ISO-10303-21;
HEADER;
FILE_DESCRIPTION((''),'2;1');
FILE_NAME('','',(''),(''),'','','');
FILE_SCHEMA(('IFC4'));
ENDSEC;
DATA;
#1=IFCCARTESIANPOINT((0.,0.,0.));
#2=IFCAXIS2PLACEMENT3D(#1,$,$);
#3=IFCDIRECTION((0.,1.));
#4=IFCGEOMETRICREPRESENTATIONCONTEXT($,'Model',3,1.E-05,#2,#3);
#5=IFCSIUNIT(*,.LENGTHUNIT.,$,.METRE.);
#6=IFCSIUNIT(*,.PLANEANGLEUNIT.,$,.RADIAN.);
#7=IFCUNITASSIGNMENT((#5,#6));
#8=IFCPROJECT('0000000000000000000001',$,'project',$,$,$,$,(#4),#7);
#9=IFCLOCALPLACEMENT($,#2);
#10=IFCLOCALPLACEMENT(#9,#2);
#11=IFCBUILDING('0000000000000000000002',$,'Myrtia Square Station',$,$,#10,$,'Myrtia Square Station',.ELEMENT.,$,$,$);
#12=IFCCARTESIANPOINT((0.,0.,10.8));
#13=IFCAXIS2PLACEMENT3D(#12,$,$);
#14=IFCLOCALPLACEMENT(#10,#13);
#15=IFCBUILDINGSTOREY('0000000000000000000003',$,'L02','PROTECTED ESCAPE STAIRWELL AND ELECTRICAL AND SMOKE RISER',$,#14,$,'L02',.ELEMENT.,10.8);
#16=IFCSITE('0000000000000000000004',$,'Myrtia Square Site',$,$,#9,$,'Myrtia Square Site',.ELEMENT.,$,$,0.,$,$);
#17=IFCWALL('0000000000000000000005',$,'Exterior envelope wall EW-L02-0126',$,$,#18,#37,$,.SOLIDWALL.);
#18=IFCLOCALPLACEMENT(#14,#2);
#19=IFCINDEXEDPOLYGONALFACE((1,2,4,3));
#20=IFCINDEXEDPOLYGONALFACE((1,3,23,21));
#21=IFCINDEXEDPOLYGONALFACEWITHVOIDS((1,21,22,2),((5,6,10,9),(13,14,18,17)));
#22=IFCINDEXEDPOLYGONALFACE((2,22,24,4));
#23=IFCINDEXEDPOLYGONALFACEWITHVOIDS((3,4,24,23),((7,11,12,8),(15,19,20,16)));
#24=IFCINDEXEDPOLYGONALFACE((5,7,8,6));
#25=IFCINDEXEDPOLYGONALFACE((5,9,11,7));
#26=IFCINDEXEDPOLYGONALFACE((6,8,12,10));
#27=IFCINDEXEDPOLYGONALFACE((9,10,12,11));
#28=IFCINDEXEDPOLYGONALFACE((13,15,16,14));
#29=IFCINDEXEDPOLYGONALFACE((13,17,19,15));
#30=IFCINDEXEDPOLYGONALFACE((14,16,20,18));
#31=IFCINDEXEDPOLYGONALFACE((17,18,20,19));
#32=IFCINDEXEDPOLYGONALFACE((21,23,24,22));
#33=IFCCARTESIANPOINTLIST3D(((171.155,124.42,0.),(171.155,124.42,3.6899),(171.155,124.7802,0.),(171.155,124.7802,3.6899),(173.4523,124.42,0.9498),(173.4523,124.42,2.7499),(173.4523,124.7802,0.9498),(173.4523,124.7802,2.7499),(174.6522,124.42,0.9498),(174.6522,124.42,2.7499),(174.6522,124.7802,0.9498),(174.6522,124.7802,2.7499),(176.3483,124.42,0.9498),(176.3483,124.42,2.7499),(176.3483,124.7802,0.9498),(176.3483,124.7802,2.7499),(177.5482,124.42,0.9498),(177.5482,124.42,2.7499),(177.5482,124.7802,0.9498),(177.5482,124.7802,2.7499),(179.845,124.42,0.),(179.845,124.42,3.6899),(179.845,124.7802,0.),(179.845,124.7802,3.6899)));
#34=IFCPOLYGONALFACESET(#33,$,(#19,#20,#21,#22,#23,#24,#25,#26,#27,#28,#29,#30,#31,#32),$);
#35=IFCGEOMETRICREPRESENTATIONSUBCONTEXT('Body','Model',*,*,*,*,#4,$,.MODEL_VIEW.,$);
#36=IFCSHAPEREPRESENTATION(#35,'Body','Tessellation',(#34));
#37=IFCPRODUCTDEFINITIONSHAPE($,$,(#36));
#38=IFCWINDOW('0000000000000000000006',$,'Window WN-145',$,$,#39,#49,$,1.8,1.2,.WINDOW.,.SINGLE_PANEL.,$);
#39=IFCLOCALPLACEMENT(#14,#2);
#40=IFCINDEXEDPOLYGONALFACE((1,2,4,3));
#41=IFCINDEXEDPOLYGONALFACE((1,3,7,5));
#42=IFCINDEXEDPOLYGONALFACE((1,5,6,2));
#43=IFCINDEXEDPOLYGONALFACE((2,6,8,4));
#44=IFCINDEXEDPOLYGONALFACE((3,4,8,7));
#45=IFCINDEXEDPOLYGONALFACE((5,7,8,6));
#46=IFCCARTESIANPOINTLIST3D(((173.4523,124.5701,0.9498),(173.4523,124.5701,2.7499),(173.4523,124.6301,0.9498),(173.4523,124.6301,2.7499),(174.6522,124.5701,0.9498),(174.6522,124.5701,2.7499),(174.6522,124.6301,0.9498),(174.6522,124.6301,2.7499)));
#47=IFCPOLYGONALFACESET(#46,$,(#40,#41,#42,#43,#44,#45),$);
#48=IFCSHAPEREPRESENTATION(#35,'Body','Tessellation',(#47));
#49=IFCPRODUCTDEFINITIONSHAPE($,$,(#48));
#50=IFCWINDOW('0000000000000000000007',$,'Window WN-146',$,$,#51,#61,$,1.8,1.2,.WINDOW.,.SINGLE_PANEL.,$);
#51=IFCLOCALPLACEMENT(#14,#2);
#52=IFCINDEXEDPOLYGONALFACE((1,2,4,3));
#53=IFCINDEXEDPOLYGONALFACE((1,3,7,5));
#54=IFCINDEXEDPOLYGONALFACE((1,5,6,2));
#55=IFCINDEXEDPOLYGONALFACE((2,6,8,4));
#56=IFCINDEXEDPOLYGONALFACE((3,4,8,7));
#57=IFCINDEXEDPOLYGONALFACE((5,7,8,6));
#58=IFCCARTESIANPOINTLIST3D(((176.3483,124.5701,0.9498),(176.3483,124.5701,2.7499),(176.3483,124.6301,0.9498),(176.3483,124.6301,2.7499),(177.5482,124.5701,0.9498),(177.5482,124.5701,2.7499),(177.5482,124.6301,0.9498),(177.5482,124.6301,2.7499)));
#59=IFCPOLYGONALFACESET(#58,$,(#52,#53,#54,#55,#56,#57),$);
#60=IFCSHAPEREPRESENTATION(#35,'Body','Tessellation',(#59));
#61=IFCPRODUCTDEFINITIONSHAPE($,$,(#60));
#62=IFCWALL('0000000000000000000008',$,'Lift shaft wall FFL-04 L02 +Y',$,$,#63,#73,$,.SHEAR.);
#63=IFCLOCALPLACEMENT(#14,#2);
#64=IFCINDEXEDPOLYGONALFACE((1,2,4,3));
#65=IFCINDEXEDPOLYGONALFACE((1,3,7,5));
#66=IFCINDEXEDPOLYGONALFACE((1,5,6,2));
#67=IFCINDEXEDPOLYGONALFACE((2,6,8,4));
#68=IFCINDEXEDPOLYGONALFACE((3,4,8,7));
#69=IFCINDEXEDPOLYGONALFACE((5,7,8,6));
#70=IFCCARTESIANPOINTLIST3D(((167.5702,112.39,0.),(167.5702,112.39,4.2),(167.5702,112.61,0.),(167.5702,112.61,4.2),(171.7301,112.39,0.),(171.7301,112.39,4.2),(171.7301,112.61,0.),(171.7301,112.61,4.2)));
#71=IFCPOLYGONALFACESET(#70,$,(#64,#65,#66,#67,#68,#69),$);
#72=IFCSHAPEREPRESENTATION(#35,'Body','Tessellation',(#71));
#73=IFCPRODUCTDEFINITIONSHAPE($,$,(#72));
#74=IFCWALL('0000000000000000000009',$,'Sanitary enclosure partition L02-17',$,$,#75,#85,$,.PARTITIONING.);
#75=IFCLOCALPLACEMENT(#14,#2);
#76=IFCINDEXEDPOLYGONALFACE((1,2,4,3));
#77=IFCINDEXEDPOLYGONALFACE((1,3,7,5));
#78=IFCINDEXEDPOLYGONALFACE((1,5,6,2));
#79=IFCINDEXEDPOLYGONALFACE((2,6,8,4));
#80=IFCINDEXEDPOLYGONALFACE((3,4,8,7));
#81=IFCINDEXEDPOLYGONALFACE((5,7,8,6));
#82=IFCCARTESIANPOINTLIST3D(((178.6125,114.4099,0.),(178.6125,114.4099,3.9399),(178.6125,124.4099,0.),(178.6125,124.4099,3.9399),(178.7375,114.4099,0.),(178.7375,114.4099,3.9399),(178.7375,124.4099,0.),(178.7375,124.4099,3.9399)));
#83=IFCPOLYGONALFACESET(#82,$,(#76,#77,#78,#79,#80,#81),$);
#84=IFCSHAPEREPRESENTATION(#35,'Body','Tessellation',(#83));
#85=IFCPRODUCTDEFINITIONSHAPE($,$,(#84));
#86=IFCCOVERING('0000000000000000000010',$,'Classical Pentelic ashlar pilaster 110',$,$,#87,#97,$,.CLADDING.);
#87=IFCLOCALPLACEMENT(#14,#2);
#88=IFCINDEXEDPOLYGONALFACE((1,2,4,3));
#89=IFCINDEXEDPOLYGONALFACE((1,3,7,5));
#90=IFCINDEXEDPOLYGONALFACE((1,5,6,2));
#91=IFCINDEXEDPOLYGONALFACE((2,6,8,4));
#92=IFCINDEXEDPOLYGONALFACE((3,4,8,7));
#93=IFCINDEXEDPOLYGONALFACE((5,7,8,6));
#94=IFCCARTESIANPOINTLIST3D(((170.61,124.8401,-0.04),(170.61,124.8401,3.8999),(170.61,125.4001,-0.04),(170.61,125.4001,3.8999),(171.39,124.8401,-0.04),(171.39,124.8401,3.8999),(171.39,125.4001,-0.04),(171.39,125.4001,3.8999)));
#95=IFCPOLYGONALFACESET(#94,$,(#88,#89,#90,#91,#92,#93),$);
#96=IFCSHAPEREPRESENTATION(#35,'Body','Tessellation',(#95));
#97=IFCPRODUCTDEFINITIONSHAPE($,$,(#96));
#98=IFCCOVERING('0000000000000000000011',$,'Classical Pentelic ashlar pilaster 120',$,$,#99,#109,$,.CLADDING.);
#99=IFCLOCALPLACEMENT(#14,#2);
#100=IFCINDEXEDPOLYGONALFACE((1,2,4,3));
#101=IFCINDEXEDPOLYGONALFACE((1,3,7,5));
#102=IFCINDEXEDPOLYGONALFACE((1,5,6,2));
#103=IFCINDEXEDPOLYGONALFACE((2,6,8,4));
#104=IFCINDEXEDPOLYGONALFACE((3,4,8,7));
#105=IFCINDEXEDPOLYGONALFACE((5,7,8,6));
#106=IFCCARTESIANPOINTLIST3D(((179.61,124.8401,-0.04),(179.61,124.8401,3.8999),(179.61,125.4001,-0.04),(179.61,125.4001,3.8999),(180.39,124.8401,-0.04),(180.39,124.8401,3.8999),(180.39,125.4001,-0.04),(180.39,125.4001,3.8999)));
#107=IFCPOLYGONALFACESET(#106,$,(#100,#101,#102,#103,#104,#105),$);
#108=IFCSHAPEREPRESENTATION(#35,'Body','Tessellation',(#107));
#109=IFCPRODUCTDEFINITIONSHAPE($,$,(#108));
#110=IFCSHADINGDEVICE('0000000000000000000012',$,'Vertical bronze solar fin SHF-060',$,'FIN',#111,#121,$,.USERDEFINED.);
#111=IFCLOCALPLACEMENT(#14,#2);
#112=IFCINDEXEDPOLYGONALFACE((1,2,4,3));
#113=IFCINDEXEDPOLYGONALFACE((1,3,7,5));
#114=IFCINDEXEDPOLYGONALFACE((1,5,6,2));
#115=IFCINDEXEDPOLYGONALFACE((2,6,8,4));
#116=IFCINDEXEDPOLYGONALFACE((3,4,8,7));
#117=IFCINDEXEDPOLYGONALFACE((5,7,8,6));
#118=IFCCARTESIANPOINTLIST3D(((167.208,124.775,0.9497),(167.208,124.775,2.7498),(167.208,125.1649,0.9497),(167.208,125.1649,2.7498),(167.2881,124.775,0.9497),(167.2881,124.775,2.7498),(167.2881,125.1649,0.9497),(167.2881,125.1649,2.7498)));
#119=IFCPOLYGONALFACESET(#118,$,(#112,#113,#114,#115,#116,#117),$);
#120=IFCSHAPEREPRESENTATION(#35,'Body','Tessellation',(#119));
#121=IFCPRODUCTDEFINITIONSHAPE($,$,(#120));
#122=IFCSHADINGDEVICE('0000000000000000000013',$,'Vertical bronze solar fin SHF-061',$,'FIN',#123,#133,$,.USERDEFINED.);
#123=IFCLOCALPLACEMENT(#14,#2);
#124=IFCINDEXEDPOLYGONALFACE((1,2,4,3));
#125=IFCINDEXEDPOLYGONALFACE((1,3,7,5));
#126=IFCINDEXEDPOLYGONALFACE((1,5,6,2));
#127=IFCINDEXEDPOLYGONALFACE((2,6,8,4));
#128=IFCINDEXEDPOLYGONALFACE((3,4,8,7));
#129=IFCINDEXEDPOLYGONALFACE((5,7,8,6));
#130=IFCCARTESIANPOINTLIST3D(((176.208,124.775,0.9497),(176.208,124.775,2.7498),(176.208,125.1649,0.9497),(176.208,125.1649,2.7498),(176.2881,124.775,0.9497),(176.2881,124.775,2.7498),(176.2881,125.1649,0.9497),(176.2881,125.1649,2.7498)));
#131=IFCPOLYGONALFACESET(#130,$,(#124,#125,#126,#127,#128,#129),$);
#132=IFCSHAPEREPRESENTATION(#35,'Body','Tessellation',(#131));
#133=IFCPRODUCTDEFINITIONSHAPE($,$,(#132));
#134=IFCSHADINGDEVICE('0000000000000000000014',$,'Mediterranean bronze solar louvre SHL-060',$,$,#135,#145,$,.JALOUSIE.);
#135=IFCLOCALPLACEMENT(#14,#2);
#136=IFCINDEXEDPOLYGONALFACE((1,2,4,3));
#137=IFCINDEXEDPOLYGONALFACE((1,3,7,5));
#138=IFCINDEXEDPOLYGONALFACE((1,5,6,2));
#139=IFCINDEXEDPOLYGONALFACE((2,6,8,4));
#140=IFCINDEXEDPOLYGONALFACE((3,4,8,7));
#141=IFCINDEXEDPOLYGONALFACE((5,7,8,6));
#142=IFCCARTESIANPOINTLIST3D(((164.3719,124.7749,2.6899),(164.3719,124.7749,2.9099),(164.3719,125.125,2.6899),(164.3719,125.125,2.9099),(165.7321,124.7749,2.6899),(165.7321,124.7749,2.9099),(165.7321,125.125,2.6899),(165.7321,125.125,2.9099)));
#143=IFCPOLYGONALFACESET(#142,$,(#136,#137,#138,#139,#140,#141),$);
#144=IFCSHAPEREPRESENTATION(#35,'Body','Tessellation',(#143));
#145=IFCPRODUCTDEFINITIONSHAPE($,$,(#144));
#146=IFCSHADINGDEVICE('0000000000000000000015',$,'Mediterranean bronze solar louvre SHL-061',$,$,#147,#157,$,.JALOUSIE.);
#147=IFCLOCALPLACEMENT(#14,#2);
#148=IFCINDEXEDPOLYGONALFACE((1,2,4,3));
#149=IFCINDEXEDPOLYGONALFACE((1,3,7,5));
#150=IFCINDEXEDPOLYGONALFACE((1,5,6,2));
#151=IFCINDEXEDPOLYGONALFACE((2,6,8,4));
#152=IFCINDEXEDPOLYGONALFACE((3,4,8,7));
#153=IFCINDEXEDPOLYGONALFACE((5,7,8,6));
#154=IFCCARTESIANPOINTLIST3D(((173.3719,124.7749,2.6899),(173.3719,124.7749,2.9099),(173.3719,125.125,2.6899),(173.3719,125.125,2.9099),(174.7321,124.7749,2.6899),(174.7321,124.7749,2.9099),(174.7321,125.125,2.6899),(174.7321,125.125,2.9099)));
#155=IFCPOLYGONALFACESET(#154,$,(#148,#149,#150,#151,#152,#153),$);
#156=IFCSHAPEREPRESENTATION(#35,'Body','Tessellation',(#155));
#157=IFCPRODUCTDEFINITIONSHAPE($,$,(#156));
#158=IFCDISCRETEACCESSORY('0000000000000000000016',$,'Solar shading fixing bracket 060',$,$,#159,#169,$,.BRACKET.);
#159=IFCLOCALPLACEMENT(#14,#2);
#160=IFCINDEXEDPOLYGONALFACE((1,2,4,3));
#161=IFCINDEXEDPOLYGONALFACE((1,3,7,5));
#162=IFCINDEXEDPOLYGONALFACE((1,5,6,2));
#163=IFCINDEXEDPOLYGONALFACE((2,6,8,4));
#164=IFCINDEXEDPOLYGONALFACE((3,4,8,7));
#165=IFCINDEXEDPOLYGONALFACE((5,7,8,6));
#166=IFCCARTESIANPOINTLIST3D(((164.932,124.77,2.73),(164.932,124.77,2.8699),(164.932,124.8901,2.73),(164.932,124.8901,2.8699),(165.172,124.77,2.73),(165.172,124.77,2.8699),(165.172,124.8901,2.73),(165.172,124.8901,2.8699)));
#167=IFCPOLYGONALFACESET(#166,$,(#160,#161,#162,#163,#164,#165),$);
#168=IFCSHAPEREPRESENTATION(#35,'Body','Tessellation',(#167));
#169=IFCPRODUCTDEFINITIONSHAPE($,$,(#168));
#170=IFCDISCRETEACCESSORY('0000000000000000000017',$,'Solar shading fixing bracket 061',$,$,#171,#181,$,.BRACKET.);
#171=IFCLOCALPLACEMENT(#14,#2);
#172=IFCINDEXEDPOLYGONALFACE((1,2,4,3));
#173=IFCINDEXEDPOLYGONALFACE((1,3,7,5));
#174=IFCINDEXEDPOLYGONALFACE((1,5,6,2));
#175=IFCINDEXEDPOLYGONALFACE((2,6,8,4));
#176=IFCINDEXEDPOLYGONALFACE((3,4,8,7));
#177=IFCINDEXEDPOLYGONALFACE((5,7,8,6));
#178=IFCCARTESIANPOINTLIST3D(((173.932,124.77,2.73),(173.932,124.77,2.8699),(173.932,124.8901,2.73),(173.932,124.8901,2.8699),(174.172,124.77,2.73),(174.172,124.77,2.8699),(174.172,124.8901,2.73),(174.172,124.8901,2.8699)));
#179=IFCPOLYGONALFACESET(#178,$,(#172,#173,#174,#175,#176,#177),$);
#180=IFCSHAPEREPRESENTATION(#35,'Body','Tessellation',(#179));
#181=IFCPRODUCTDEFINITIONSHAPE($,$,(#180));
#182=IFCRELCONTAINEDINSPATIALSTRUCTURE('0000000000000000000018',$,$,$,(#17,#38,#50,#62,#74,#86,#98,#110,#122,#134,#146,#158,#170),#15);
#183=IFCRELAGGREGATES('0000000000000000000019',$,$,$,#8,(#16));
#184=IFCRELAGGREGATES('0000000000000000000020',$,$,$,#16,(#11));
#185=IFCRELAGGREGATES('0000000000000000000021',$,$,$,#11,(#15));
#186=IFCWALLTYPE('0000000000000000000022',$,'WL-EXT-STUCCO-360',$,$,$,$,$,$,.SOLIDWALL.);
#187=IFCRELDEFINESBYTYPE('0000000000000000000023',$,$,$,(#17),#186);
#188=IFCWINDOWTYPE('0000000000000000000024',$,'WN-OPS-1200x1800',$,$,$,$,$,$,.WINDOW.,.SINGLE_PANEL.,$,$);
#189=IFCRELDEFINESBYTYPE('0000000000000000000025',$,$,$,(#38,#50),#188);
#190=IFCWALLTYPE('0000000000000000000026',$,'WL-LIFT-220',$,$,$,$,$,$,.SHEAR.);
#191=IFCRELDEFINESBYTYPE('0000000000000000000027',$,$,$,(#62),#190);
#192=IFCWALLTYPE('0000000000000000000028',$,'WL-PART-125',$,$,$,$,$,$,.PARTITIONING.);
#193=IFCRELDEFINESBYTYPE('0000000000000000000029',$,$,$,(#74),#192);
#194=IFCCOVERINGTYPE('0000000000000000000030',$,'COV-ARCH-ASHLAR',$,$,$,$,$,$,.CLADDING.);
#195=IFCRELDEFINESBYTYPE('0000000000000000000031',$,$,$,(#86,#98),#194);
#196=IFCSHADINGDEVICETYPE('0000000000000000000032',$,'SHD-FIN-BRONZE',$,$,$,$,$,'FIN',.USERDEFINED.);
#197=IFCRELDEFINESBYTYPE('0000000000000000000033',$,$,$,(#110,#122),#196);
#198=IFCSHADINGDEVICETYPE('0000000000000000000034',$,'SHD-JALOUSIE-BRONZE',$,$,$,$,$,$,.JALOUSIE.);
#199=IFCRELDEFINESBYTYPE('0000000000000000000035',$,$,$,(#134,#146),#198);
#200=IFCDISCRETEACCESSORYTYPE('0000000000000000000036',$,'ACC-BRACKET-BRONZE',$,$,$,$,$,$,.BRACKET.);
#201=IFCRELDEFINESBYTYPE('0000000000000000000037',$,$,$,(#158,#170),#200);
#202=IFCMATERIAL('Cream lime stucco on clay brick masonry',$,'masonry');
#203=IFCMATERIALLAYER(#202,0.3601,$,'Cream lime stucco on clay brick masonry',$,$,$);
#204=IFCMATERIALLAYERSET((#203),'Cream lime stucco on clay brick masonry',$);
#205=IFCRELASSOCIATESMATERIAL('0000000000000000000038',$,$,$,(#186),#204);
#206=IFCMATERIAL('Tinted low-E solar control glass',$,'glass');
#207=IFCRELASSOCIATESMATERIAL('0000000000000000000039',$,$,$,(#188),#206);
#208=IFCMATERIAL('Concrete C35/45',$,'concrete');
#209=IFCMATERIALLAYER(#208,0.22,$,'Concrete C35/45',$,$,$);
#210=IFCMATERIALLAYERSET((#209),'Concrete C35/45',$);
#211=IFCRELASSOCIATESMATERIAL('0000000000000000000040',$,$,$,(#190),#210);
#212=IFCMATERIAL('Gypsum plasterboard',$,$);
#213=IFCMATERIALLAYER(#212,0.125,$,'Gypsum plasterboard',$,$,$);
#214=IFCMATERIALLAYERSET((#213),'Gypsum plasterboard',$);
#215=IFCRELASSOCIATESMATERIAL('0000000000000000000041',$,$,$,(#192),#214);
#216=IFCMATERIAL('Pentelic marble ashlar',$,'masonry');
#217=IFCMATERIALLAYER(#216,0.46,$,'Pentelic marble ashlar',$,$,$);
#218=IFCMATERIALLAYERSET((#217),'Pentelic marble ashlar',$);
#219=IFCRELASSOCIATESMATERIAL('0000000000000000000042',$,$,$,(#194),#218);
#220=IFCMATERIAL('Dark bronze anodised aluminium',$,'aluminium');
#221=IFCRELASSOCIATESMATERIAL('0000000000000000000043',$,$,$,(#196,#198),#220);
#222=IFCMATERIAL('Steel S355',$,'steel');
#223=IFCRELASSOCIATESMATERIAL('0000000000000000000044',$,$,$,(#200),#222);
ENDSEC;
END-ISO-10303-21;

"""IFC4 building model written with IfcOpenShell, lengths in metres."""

from ifc_helpers import new_model, si_unit, direction, frame, frame_2d, origin, origin_2d, place, context, subcontext, project, spatial, rectangle, extrude, material, layer, layer_set, type_object, element, fill, save


model = new_model("IFC4")

# Units and contexts
model_context = context("Model", 3, precision=1e-05, world=origin(), true_north=direction((0.0, 1.0)))
body_context = subcontext(model_context, "Body", "Model", "MODEL_VIEW")
ifc_project = project(units=[si_unit("LENGTHUNIT", "METRE"), si_unit("PLANEANGLEUNIT", "RADIAN")], contexts=[model_context])

# Site, building, storey
site_placement = place(None, origin())
site = spatial("IfcSite", under=ifc_project, at=site_placement, Name="Myrtia Square Site", LongName="Myrtia Square Site", CompositionType="ELEMENT", RefElevation=0.0)
building_placement = place(site_placement, origin())
building = spatial("IfcBuilding", under=site, at=building_placement, Name="Myrtia Square Station", LongName="Myrtia Square Station", CompositionType="ELEMENT")
storey_placement = place(building_placement, frame((0.0, 0.0, 10.8)))
storey = spatial("IfcBuildingStorey", under=building, at=storey_placement, Name="L02", Description="PROTECTED ESCAPE STAIRWELL AND ELECTRICAL AND SMOKE RISER", LongName="L02", CompositionType="ELEMENT", Elevation=10.8)

# Shared definitions
ifc_material_1 = material(Name="Steel S355", Category="steel")

# Shared definitions
ifc_material_2 = material(Name="Concrete C35/45", Category="concrete")

# Wall, openings, windows
ifc_material_3 = material(Name="Cream lime stucco on clay brick masonry", Category="masonry")
ifc_layer_1 = layer(ifc_material_3, 0.3601, Name="Cream lime stucco on clay brick masonry")
ifc_layer_set_1 = layer_set([ifc_layer_1], Name="Cream lime stucco on clay brick masonry")
wall_type_1 = type_object("IfcWallType", Name="WL-EXT-STUCCO-360", PredefinedType="SOLIDWALL", material=ifc_layer_set_1)
wall_1_placement = place(storey_placement, frame((171.155, 124.6001, 0.0), z_axis=(0.0, 0.0, 1.0), x_axis=(1.0, 0.0, 0.0)))
wall_1 = element("IfcWall", 1, at=wall_1_placement, inside=storey, type_object=wall_type_1, Name="Exterior envelope wall EW-L02-0126", PredefinedType="SOLIDWALL", context=body_context, shape_type="SweptSolid", body=[
    extrude(rectangle(XDim=8.6899, YDim=0.3601, at=frame_2d((4.345, 0.0))), origin(), (0.0, 0.0, 1.0), 3.6899),
])
opening_1_placement = place(wall_1_placement, frame((2.2971, 0.0, 0.95)))
opening_1 = element("IfcOpeningElement", 2, at=opening_1_placement, cuts=wall_1, PredefinedType="OPENING", context=body_context, shape_type="SweptSolid", body=[
    extrude(rectangle(XDim=1.2, YDim=1.8, at=frame_2d((0.6001, 0.8999))), frame((0.0, 0.1951, 0.0), z_axis=(0.0, -1.0, 0.0), x_axis=(1.0, 0.0, 0.0)), (0.0, 0.0, 1.0), 0.3901),
])
opening_2_placement = place(wall_1_placement, frame((5.1931, 0.0, 0.95)))
opening_2 = element("IfcOpeningElement", 3, at=opening_2_placement, cuts=wall_1, PredefinedType="OPENING", context=body_context, shape_type="SweptSolid", body=[
    extrude(rectangle(XDim=1.2, YDim=1.8, at=frame_2d((0.6001, 0.8999))), frame((0.0, 0.1951, 0.0), z_axis=(0.0, -1.0, 0.0), x_axis=(1.0, 0.0, 0.0)), (0.0, 0.0, 1.0), 0.3901),
])
ifc_material_4 = material(Name="Tinted low-E solar control glass", Category="glass")
window_type = type_object("IfcWindowType", Name="WN-OPS-1200x1800", PartitioningType="SINGLE_PANEL", PredefinedType="WINDOW", material=ifc_material_4)
window_1_placement = place(opening_1_placement, origin())
window_1 = element("IfcWindow", 4, at=window_1_placement, inside=storey, type_object=window_type, Name="Window WN-145", OverallHeight=1.8, OverallWidth=1.2, PartitioningType="SINGLE_PANEL", PredefinedType="WINDOW", context=body_context, shape_type="SweptSolid", body=[
    extrude(rectangle(XDim=1.2, YDim=1.8, at=frame_2d((0.6001, 0.8999))), frame((0.0, 0.03, 0.0), z_axis=(0.0, -1.0, 0.0), x_axis=(1.0, 0.0, 0.0)), (0.0, 0.0, 1.0), 0.0601),
])
fill(opening_1, window_1)
window_2_placement = place(opening_2_placement, origin())
window_2 = element("IfcWindow", 5, at=window_2_placement, inside=storey, type_object=window_type, Name="Window WN-146", OverallHeight=1.8, OverallWidth=1.2, PartitioningType="SINGLE_PANEL", PredefinedType="WINDOW", context=body_context, shape_type="SweptSolid", body=[
    extrude(rectangle(XDim=1.2, YDim=1.8, at=frame_2d((0.6001, 0.8999))), frame((0.0, 0.03, 0.0), z_axis=(0.0, -1.0, 0.0), x_axis=(1.0, 0.0, 0.0)), (0.0, 0.0, 1.0), 0.0601),
])
fill(opening_2, window_2)

# Walls
ifc_layer_2 = layer(ifc_material_2, 0.22, Name="Concrete C35/45")
ifc_layer_set_2 = layer_set([ifc_layer_2], Name="Concrete C35/45")
wall_type_2 = type_object("IfcWallType", Name="WL-LIFT-220", PredefinedType="SHEAR", material=ifc_layer_set_2)
wall_2_placement = place(storey_placement, frame((167.5701, 112.5, 0.0), z_axis=(0.0, 0.0, 1.0), x_axis=(1.0, 0.0, 0.0)))
element("IfcWall", 6, at=wall_2_placement, inside=storey, type_object=wall_type_2, Name="Lift shaft wall FFL-04 L02 +Y", PredefinedType="SHEAR", context=body_context, shape_type="SweptSolid", body=[
    extrude(rectangle(XDim=4.1599, YDim=0.22, at=frame_2d((2.0801, 0.0))), origin(), (0.0, 0.0, 1.0), 4.2),
])
ifc_material_5 = material(Name="Gypsum plasterboard")
ifc_layer_3 = layer(ifc_material_5, 0.125, Name="Gypsum plasterboard")
ifc_layer_set_3 = layer_set([ifc_layer_3], Name="Gypsum plasterboard")
wall_type_3 = type_object("IfcWallType", Name="WL-PART-125", PredefinedType="PARTITIONING", material=ifc_layer_set_3)
wall_3_placement = place(storey_placement, frame((178.675, 114.4099, 0.0), z_axis=(0.0, 0.0, 1.0), x_axis=(0.0, 1.0, 0.0)))
element("IfcWall", 7, at=wall_3_placement, inside=storey, type_object=wall_type_3, Name="Sanitary enclosure partition L02-17", PredefinedType="PARTITIONING", context=body_context, shape_type="SweptSolid", body=[
    extrude(rectangle(XDim=10.0, YDim=0.125, at=frame_2d((5.0, 0.0))), origin(), (0.0, 0.0, 1.0), 3.9399),
])

# Coverings
ifc_material_6 = material(Name="Pentelic marble ashlar", Category="masonry")
ifc_layer_4 = layer(ifc_material_6, 0.46, Name="Pentelic marble ashlar")
ifc_layer_set_4 = layer_set([ifc_layer_4], Name="Pentelic marble ashlar")
covering_type = type_object("IfcCoveringType", Name="COV-ARCH-ASHLAR", PredefinedType="CLADDING", material=ifc_layer_set_4)
for number, where, z_axis, x_axis, name in (
    (8, (171.0, 125.1201, -0.04), (0.0, 0.0, 1.0), (1.0, 0.0, 0.0), "Classical Pentelic ashlar pilaster 110"),
    (9, (180.0, 125.1201, -0.04), (0.0, 0.0, 1.0), (1.0, 0.0, 0.0), "Classical Pentelic ashlar pilaster 120"),
):
    element("IfcCovering", number, at=place(storey_placement, frame(where, z_axis=z_axis, x_axis=x_axis)), inside=storey, type_object=covering_type, Name=name, PredefinedType="CLADDING", context=body_context, shape_type="SweptSolid", body=[
        extrude(rectangle(XDim=0.78, YDim=0.5601, at=origin_2d()), origin(), (0.0, 0.0, 1.0), 3.9399),
    ])

# Shading devices
ifc_material_7 = material(Name="Dark bronze anodised aluminium", Category="aluminium")
shading_device_type_1 = type_object("IfcShadingDeviceType", Name="SHD-FIN-BRONZE", ElementType="FIN", PredefinedType="USERDEFINED", material=ifc_material_7)
for number, where, z_axis, x_axis, name in (
    (10, (167.248, 124.97, 0.9497), (0.0, 0.0, 1.0), (1.0, 0.0, 0.0), "Vertical bronze solar fin SHF-060"),
    (11, (176.248, 124.97, 0.9497), (0.0, 0.0, 1.0), (1.0, 0.0, 0.0), "Vertical bronze solar fin SHF-061"),
):
    element("IfcShadingDevice", number, at=place(storey_placement, frame(where, z_axis=z_axis, x_axis=x_axis)), inside=storey, type_object=shading_device_type_1, Name=name, ObjectType="FIN", PredefinedType="USERDEFINED", context=body_context, shape_type="SweptSolid", body=[
        extrude(rectangle(XDim=0.0801, YDim=0.3899, at=origin_2d()), origin(), (0.0, 0.0, 1.0), 1.8),
    ])
shading_device_type_2 = type_object("IfcShadingDeviceType", Name="SHD-JALOUSIE-BRONZE", PredefinedType="JALOUSIE", material=ifc_material_7)
for number, where, z_axis, x_axis, name in (
    (12, (165.052, 124.95, 2.6899), (0.0, 0.0, 1.0), (1.0, 0.0, 0.0), "Mediterranean bronze solar louvre SHL-060"),
    (13, (174.052, 124.95, 2.6899), (0.0, 0.0, 1.0), (1.0, 0.0, 0.0), "Mediterranean bronze solar louvre SHL-061"),
):
    element("IfcShadingDevice", number, at=place(storey_placement, frame(where, z_axis=z_axis, x_axis=x_axis)), inside=storey, type_object=shading_device_type_2, Name=name, PredefinedType="JALOUSIE", context=body_context, shape_type="SweptSolid", body=[
        extrude(rectangle(XDim=1.3601, YDim=0.3501, at=origin_2d()), origin(), (0.0, 0.0, 1.0), 0.22),
    ])

# Discrete accessories
discrete_accessory_type = type_object("IfcDiscreteAccessoryType", Name="ACC-BRACKET-BRONZE", PredefinedType="BRACKET", material=ifc_material_1)
for number, where, z_axis, x_axis, name in (
    (14, (165.052, 124.8301, 2.73), (0.0, 0.0, 1.0), (1.0, 0.0, 0.0), "Solar shading fixing bracket 060"),
    (15, (174.052, 124.8301, 2.73), (0.0, 0.0, 1.0), (1.0, 0.0, 0.0), "Solar shading fixing bracket 061"),
):
    element("IfcDiscreteAccessory", number, at=place(storey_placement, frame(where, z_axis=z_axis, x_axis=x_axis)), inside=storey, type_object=discrete_accessory_type, Name=name, PredefinedType="BRACKET", context=body_context, shape_type="SweptSolid", body=[
        extrude(rectangle(XDim=0.24, YDim=0.1201, at=origin_2d()), origin(), (0.0, 0.0, 1.0), 0.1399),
    ])

save(model, "model.ifc")
